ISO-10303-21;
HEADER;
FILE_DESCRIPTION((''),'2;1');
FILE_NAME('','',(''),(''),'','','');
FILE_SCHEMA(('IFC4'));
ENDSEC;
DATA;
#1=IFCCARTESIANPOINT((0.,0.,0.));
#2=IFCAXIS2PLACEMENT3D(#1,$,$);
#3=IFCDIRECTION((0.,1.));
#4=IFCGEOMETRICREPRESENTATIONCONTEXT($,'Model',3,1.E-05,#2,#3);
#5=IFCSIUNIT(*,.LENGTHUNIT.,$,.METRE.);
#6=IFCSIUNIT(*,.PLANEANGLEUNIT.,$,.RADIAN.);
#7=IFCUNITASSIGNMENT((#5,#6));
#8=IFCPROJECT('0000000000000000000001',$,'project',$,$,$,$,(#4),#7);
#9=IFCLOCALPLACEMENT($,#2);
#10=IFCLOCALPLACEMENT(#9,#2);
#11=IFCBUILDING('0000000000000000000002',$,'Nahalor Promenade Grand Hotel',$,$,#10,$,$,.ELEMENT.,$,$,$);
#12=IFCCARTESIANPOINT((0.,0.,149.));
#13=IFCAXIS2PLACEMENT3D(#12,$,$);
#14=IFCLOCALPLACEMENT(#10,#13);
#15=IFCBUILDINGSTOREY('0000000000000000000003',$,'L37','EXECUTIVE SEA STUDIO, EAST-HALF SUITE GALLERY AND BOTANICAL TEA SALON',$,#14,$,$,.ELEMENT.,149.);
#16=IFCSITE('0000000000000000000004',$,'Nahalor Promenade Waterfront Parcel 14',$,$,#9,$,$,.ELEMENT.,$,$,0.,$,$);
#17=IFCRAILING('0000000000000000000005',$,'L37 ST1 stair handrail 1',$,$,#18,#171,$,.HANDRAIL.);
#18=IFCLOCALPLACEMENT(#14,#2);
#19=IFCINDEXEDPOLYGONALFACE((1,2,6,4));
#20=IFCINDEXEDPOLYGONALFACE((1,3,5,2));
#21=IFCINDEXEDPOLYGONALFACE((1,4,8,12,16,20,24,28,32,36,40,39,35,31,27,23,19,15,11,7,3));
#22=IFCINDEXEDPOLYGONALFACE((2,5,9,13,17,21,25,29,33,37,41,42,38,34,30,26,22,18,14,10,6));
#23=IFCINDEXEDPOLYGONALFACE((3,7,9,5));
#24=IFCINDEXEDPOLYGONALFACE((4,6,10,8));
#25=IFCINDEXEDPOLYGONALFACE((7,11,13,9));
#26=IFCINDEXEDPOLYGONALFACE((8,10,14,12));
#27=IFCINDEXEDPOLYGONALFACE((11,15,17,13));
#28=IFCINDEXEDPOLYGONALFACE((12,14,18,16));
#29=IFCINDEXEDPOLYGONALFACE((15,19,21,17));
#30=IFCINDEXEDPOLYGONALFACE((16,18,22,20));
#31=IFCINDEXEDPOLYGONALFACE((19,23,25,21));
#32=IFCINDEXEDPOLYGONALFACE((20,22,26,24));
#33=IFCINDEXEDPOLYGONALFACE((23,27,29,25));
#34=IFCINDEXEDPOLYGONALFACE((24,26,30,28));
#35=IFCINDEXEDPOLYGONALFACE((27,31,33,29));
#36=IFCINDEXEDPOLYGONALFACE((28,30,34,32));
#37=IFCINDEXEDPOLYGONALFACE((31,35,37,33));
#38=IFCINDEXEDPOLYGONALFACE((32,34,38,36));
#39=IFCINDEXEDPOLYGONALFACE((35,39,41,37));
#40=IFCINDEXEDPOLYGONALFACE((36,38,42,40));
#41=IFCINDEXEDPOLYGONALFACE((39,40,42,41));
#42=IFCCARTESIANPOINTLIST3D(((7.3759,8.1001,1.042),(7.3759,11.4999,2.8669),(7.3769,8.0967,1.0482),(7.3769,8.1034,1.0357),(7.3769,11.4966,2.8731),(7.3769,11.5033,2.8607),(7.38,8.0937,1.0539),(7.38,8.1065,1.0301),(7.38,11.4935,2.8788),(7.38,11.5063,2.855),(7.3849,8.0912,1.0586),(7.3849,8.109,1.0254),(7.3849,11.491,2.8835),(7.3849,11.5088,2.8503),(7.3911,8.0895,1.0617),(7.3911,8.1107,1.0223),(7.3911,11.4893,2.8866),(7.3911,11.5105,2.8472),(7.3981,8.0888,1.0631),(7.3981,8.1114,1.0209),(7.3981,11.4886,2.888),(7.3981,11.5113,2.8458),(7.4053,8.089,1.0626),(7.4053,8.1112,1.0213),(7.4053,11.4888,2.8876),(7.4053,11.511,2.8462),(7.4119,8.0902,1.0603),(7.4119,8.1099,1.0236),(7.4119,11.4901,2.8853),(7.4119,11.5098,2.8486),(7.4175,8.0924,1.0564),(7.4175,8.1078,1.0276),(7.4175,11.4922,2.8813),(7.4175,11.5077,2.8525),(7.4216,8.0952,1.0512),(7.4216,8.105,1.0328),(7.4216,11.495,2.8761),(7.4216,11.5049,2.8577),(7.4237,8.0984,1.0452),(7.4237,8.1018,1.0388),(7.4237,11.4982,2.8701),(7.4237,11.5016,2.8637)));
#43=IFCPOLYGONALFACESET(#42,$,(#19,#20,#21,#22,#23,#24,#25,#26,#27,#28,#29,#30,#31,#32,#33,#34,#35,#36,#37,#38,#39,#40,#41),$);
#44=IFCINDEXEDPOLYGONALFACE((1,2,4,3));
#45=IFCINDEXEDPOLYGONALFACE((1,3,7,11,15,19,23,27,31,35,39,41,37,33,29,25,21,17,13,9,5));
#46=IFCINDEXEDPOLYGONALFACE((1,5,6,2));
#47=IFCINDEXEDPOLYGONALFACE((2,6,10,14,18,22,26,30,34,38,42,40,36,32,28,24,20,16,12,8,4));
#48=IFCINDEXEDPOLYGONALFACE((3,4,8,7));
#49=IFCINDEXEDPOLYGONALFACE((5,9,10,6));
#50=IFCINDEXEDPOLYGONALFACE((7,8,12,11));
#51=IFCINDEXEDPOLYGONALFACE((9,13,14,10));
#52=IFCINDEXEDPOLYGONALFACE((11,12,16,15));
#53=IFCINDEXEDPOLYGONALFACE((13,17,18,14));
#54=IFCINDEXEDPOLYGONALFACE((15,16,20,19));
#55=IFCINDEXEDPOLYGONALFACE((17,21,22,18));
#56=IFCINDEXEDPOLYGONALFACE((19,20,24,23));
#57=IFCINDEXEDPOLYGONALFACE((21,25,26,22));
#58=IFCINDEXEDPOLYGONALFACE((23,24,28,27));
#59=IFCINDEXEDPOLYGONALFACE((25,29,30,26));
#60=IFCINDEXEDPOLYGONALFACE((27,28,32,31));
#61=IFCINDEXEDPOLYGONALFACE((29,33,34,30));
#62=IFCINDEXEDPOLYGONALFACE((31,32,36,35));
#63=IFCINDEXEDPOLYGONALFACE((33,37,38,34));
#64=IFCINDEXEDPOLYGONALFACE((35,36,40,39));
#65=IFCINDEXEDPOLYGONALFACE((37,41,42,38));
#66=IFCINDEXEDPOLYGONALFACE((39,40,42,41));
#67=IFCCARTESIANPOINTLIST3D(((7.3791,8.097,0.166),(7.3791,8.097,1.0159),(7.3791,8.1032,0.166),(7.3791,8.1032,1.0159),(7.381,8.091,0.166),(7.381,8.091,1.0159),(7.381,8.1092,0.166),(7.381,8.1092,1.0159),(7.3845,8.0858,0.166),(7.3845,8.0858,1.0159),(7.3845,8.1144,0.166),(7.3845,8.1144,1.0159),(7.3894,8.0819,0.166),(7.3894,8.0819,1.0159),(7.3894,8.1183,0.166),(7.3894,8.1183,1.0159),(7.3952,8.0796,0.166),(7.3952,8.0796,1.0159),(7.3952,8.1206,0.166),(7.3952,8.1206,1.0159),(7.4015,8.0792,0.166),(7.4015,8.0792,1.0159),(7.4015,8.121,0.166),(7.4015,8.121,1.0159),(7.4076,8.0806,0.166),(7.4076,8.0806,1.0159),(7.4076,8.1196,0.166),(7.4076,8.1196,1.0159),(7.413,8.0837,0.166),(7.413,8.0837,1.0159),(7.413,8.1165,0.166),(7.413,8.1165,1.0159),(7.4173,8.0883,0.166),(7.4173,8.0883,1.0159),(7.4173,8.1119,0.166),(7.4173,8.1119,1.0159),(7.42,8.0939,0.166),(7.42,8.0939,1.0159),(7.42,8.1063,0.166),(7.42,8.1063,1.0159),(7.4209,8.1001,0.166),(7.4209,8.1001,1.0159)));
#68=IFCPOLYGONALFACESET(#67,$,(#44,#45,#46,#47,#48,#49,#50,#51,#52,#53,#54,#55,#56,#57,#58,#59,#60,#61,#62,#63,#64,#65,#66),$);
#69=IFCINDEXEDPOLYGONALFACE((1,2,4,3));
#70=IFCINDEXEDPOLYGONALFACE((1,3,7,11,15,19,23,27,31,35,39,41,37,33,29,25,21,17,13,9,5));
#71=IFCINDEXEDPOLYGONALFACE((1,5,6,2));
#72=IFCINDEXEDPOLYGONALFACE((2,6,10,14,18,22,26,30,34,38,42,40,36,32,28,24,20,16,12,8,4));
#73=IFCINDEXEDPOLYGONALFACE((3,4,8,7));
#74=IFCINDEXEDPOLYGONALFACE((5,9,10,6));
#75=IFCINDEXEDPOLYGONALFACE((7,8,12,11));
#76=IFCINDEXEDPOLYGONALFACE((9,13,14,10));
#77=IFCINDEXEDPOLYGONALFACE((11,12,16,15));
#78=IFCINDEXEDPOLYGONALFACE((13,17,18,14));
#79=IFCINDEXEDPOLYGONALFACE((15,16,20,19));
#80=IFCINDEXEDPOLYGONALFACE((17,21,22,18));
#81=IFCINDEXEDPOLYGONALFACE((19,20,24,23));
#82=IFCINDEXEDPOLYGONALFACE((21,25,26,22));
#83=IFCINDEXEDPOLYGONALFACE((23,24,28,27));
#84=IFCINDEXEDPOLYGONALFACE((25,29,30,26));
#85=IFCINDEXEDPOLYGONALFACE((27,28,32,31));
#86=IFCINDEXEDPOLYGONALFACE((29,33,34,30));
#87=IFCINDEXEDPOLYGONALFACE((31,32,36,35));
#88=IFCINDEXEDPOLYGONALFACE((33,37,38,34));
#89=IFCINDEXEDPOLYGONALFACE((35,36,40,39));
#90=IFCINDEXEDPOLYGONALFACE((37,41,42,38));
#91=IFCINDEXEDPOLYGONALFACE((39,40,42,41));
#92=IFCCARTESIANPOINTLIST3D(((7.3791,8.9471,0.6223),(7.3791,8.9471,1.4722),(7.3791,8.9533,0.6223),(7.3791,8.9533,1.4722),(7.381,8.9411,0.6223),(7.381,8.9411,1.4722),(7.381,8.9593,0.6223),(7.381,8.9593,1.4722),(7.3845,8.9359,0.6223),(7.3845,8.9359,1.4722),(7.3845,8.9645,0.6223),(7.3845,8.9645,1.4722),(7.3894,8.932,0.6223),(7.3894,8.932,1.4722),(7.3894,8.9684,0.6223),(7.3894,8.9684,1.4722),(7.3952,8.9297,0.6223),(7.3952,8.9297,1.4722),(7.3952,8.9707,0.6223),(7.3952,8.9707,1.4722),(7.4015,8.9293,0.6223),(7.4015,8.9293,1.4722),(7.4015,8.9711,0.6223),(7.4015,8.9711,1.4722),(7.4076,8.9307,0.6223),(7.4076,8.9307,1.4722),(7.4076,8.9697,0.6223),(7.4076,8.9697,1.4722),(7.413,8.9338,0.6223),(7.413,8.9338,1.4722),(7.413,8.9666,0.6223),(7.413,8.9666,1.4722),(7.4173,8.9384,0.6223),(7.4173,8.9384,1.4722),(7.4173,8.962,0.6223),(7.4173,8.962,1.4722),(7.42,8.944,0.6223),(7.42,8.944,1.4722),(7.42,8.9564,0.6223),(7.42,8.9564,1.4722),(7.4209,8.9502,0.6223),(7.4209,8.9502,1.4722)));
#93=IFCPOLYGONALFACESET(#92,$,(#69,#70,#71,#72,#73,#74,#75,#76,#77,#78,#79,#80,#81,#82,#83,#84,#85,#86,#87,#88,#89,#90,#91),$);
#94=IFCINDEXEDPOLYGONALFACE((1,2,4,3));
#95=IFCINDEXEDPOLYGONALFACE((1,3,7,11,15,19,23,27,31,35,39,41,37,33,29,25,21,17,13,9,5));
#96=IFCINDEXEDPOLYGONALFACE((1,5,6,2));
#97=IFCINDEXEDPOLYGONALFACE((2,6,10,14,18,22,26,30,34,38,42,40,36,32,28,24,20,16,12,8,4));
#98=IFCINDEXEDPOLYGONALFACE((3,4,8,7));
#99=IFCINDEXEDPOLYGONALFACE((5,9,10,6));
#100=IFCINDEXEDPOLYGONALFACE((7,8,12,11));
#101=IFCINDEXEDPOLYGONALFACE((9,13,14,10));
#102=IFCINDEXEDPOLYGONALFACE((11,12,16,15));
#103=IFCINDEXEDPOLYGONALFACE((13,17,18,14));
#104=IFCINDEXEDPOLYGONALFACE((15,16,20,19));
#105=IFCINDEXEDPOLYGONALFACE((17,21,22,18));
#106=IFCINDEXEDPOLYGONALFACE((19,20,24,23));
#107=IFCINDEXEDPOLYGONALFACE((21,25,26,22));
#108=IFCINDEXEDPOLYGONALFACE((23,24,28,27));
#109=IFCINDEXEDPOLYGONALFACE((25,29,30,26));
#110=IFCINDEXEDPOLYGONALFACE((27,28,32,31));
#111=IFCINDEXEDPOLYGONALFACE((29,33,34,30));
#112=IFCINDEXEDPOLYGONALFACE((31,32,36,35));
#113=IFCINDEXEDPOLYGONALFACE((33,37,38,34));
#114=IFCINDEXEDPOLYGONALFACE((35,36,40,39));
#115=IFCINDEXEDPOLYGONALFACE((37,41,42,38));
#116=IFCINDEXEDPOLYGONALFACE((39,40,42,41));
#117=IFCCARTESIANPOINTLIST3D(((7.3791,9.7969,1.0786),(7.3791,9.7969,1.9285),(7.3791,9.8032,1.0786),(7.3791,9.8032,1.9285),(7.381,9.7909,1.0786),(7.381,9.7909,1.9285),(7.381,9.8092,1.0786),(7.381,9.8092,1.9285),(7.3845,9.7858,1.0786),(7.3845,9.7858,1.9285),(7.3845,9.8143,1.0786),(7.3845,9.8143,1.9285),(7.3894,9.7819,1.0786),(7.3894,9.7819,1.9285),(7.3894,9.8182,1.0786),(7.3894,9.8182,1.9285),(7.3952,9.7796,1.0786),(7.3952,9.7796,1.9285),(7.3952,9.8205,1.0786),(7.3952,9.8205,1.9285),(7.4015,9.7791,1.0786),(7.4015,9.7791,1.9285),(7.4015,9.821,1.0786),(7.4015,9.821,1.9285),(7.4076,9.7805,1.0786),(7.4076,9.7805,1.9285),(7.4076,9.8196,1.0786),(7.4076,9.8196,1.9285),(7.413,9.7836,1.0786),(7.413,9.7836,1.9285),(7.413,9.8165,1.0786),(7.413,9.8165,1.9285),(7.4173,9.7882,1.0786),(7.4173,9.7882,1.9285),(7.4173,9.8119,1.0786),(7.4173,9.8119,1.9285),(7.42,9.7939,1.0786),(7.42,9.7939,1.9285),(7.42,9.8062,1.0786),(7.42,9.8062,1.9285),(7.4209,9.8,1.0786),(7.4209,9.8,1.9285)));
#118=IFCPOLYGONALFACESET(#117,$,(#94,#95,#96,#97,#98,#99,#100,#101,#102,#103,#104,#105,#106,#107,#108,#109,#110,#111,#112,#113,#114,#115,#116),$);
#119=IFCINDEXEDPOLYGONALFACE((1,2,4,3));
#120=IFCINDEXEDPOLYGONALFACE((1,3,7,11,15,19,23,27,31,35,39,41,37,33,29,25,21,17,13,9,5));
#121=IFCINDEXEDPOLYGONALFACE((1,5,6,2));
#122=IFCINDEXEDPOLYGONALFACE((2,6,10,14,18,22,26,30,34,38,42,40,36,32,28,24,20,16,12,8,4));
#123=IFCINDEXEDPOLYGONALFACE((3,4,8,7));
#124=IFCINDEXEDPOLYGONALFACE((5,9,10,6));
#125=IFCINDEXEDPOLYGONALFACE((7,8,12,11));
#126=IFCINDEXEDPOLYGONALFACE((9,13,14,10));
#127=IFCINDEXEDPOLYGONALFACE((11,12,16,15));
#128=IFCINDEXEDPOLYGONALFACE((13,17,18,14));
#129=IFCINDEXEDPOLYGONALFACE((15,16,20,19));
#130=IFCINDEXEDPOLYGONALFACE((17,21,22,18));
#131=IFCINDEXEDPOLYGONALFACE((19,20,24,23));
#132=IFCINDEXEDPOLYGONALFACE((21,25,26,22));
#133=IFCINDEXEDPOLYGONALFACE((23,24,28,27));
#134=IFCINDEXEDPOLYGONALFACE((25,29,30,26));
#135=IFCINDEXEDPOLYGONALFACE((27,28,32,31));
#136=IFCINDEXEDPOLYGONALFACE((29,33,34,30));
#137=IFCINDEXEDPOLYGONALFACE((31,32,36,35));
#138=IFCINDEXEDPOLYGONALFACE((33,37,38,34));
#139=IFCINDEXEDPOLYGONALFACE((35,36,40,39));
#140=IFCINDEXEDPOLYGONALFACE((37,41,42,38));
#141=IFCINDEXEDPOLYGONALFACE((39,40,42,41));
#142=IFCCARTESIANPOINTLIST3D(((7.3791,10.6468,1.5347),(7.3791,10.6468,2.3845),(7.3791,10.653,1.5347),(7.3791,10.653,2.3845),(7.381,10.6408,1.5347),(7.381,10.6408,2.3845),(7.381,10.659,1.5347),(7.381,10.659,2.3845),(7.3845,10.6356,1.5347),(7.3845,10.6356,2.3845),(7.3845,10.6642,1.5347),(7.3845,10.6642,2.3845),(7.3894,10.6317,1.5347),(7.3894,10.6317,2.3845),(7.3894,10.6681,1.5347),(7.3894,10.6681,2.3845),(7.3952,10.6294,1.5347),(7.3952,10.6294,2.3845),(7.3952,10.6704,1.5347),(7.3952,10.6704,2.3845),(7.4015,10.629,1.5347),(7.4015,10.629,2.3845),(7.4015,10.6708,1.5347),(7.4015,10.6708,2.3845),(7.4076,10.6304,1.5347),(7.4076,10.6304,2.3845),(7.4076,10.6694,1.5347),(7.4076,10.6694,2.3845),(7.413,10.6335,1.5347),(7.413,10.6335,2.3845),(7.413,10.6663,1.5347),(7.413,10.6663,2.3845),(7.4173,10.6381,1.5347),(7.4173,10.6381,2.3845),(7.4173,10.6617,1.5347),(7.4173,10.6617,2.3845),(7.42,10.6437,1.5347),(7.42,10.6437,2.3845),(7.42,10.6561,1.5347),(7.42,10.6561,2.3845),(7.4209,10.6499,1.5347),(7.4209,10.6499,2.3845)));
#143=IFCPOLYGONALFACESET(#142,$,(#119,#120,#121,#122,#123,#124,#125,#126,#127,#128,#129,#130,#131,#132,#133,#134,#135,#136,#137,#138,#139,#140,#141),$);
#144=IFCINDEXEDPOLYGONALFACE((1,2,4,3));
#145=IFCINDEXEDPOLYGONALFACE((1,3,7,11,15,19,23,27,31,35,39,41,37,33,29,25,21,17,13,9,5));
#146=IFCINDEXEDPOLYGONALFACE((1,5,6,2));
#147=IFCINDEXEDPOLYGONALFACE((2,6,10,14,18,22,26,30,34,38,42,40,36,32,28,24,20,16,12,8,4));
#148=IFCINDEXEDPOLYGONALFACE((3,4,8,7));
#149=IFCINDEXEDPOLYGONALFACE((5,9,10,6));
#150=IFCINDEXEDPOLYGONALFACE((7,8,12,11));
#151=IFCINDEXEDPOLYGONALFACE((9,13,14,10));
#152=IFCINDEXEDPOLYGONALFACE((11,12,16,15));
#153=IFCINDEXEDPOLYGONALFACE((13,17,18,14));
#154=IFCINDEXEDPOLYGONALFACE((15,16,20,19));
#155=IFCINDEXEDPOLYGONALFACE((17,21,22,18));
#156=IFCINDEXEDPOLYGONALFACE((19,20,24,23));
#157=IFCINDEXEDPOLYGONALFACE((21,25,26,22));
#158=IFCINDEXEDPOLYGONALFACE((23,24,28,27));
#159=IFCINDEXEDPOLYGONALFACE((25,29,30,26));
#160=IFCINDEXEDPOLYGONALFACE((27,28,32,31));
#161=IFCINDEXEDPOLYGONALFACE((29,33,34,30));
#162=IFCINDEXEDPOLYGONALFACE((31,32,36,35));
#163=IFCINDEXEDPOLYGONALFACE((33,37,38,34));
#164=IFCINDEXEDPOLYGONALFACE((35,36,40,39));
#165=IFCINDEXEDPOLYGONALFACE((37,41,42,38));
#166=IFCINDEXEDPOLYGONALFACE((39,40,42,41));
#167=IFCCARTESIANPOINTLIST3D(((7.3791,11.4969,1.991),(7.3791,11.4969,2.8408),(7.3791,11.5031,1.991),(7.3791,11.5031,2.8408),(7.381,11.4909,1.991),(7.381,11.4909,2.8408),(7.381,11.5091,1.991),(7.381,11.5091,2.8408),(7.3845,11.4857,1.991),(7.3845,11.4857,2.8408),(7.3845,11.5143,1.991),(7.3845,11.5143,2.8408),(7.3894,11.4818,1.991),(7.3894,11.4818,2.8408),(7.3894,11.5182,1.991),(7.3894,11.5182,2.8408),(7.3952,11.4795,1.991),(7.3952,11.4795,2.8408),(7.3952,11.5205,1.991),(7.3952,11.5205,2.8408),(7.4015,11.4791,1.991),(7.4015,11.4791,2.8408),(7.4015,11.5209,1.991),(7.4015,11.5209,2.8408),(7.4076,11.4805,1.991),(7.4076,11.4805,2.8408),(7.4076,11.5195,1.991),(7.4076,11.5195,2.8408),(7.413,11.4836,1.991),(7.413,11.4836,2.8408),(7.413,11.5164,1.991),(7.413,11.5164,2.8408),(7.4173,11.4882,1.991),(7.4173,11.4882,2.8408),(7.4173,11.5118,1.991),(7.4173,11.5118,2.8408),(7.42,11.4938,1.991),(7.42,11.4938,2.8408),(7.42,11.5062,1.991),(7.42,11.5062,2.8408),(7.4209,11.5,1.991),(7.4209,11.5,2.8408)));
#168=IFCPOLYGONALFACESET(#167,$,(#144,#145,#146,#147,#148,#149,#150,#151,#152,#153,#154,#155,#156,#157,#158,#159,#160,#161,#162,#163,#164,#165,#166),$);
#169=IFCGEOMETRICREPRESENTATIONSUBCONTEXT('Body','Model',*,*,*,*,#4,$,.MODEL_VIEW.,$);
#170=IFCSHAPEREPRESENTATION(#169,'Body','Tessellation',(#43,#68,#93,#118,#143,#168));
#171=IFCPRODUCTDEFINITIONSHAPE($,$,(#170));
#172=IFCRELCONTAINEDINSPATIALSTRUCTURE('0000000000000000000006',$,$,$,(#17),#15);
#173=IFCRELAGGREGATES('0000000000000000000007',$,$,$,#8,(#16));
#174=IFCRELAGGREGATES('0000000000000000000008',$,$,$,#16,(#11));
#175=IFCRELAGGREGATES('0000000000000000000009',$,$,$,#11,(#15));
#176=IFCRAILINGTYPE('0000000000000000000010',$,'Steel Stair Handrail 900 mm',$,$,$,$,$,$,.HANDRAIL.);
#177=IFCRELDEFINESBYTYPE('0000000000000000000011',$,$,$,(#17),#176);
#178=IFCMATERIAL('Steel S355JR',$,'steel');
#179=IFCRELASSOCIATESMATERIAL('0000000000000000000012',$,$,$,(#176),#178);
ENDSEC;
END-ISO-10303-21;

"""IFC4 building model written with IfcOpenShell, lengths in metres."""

from ifc_helpers import new_model, si_unit, direction, frame, origin, origin_2d, place, context, subcontext, project, spatial, circle, extrude, material, type_object, element, save


model = new_model("IFC4")

# Units and contexts
model_context = context("Model", 3, precision=1e-05, world=origin(), true_north=direction((0.0, 1.0)))
body_context = subcontext(model_context, "Body", "Model", "MODEL_VIEW")
ifc_project = project(units=[si_unit("LENGTHUNIT", "METRE"), si_unit("PLANEANGLEUNIT", "RADIAN")], contexts=[model_context])

# Site, building, storey
site_placement = place(None, origin())
site = spatial("IfcSite", under=ifc_project, at=site_placement, Name="Nahalor Promenade Waterfront Parcel 14", CompositionType="ELEMENT", RefElevation=0.0)
building_placement = place(site_placement, origin())
building = spatial("IfcBuilding", under=site, at=building_placement, Name="Nahalor Promenade Grand Hotel", CompositionType="ELEMENT")
storey_placement = place(building_placement, frame((0.0, 0.0, 149.0)))
storey = spatial("IfcBuildingStorey", under=building, at=storey_placement, Name="L37", Description="EXECUTIVE SEA STUDIO, EAST-HALF SUITE GALLERY AND BOTANICAL TEA SALON", CompositionType="ELEMENT", Elevation=149.0)

# Shared definitions
ifc_material_1 = material(Name="Steel S355JR", Category="steel")

# Railing
railing_type_1 = type_object("IfcRailingType", Name="Steel Stair Handrail 900 mm", PredefinedType="HANDRAIL", material=ifc_material_1)
railing_1_placement = place(storey_placement, frame((7.3999, 8.1001, 0.166)))
element("IfcRailing", 1, at=railing_1_placement, inside=storey, type_object=railing_type_1, Name="L37 ST1 stair handrail 1", PredefinedType="HANDRAIL", context=body_context, shape_type="SweptSolid", body=[
    extrude(circle(Radius=0.024, at=origin_2d()), frame((0.0, 0.0, 0.876), z_axis=(0.0, 0.881094, 0.472941), x_axis=(-1.0, 0.0, 0.0)), (0.0, 0.0, 1.0), 3.8586),
    extrude(circle(Radius=0.021, at=origin_2d()), origin(), (0.0, 0.0, 1.0), 0.8499),
    extrude(circle(Radius=0.021, at=origin_2d()), frame((0.0, 0.8501, 0.4563)), (0.0, 0.0, 1.0), 0.8499),
    extrude(circle(Radius=0.021, at=origin_2d()), frame((0.0, 1.7, 0.9126)), (0.0, 0.0, 1.0), 0.8499),
    extrude(circle(Radius=0.021, at=origin_2d()), frame((0.0, 2.5498, 1.3687)), (0.0, 0.0, 1.0), 0.8499),
    extrude(circle(Radius=0.021, at=origin_2d()), frame((0.0, 3.3999, 1.825)), (0.0, 0.0, 1.0), 0.8499),
])

save(model, "model.ifc")
